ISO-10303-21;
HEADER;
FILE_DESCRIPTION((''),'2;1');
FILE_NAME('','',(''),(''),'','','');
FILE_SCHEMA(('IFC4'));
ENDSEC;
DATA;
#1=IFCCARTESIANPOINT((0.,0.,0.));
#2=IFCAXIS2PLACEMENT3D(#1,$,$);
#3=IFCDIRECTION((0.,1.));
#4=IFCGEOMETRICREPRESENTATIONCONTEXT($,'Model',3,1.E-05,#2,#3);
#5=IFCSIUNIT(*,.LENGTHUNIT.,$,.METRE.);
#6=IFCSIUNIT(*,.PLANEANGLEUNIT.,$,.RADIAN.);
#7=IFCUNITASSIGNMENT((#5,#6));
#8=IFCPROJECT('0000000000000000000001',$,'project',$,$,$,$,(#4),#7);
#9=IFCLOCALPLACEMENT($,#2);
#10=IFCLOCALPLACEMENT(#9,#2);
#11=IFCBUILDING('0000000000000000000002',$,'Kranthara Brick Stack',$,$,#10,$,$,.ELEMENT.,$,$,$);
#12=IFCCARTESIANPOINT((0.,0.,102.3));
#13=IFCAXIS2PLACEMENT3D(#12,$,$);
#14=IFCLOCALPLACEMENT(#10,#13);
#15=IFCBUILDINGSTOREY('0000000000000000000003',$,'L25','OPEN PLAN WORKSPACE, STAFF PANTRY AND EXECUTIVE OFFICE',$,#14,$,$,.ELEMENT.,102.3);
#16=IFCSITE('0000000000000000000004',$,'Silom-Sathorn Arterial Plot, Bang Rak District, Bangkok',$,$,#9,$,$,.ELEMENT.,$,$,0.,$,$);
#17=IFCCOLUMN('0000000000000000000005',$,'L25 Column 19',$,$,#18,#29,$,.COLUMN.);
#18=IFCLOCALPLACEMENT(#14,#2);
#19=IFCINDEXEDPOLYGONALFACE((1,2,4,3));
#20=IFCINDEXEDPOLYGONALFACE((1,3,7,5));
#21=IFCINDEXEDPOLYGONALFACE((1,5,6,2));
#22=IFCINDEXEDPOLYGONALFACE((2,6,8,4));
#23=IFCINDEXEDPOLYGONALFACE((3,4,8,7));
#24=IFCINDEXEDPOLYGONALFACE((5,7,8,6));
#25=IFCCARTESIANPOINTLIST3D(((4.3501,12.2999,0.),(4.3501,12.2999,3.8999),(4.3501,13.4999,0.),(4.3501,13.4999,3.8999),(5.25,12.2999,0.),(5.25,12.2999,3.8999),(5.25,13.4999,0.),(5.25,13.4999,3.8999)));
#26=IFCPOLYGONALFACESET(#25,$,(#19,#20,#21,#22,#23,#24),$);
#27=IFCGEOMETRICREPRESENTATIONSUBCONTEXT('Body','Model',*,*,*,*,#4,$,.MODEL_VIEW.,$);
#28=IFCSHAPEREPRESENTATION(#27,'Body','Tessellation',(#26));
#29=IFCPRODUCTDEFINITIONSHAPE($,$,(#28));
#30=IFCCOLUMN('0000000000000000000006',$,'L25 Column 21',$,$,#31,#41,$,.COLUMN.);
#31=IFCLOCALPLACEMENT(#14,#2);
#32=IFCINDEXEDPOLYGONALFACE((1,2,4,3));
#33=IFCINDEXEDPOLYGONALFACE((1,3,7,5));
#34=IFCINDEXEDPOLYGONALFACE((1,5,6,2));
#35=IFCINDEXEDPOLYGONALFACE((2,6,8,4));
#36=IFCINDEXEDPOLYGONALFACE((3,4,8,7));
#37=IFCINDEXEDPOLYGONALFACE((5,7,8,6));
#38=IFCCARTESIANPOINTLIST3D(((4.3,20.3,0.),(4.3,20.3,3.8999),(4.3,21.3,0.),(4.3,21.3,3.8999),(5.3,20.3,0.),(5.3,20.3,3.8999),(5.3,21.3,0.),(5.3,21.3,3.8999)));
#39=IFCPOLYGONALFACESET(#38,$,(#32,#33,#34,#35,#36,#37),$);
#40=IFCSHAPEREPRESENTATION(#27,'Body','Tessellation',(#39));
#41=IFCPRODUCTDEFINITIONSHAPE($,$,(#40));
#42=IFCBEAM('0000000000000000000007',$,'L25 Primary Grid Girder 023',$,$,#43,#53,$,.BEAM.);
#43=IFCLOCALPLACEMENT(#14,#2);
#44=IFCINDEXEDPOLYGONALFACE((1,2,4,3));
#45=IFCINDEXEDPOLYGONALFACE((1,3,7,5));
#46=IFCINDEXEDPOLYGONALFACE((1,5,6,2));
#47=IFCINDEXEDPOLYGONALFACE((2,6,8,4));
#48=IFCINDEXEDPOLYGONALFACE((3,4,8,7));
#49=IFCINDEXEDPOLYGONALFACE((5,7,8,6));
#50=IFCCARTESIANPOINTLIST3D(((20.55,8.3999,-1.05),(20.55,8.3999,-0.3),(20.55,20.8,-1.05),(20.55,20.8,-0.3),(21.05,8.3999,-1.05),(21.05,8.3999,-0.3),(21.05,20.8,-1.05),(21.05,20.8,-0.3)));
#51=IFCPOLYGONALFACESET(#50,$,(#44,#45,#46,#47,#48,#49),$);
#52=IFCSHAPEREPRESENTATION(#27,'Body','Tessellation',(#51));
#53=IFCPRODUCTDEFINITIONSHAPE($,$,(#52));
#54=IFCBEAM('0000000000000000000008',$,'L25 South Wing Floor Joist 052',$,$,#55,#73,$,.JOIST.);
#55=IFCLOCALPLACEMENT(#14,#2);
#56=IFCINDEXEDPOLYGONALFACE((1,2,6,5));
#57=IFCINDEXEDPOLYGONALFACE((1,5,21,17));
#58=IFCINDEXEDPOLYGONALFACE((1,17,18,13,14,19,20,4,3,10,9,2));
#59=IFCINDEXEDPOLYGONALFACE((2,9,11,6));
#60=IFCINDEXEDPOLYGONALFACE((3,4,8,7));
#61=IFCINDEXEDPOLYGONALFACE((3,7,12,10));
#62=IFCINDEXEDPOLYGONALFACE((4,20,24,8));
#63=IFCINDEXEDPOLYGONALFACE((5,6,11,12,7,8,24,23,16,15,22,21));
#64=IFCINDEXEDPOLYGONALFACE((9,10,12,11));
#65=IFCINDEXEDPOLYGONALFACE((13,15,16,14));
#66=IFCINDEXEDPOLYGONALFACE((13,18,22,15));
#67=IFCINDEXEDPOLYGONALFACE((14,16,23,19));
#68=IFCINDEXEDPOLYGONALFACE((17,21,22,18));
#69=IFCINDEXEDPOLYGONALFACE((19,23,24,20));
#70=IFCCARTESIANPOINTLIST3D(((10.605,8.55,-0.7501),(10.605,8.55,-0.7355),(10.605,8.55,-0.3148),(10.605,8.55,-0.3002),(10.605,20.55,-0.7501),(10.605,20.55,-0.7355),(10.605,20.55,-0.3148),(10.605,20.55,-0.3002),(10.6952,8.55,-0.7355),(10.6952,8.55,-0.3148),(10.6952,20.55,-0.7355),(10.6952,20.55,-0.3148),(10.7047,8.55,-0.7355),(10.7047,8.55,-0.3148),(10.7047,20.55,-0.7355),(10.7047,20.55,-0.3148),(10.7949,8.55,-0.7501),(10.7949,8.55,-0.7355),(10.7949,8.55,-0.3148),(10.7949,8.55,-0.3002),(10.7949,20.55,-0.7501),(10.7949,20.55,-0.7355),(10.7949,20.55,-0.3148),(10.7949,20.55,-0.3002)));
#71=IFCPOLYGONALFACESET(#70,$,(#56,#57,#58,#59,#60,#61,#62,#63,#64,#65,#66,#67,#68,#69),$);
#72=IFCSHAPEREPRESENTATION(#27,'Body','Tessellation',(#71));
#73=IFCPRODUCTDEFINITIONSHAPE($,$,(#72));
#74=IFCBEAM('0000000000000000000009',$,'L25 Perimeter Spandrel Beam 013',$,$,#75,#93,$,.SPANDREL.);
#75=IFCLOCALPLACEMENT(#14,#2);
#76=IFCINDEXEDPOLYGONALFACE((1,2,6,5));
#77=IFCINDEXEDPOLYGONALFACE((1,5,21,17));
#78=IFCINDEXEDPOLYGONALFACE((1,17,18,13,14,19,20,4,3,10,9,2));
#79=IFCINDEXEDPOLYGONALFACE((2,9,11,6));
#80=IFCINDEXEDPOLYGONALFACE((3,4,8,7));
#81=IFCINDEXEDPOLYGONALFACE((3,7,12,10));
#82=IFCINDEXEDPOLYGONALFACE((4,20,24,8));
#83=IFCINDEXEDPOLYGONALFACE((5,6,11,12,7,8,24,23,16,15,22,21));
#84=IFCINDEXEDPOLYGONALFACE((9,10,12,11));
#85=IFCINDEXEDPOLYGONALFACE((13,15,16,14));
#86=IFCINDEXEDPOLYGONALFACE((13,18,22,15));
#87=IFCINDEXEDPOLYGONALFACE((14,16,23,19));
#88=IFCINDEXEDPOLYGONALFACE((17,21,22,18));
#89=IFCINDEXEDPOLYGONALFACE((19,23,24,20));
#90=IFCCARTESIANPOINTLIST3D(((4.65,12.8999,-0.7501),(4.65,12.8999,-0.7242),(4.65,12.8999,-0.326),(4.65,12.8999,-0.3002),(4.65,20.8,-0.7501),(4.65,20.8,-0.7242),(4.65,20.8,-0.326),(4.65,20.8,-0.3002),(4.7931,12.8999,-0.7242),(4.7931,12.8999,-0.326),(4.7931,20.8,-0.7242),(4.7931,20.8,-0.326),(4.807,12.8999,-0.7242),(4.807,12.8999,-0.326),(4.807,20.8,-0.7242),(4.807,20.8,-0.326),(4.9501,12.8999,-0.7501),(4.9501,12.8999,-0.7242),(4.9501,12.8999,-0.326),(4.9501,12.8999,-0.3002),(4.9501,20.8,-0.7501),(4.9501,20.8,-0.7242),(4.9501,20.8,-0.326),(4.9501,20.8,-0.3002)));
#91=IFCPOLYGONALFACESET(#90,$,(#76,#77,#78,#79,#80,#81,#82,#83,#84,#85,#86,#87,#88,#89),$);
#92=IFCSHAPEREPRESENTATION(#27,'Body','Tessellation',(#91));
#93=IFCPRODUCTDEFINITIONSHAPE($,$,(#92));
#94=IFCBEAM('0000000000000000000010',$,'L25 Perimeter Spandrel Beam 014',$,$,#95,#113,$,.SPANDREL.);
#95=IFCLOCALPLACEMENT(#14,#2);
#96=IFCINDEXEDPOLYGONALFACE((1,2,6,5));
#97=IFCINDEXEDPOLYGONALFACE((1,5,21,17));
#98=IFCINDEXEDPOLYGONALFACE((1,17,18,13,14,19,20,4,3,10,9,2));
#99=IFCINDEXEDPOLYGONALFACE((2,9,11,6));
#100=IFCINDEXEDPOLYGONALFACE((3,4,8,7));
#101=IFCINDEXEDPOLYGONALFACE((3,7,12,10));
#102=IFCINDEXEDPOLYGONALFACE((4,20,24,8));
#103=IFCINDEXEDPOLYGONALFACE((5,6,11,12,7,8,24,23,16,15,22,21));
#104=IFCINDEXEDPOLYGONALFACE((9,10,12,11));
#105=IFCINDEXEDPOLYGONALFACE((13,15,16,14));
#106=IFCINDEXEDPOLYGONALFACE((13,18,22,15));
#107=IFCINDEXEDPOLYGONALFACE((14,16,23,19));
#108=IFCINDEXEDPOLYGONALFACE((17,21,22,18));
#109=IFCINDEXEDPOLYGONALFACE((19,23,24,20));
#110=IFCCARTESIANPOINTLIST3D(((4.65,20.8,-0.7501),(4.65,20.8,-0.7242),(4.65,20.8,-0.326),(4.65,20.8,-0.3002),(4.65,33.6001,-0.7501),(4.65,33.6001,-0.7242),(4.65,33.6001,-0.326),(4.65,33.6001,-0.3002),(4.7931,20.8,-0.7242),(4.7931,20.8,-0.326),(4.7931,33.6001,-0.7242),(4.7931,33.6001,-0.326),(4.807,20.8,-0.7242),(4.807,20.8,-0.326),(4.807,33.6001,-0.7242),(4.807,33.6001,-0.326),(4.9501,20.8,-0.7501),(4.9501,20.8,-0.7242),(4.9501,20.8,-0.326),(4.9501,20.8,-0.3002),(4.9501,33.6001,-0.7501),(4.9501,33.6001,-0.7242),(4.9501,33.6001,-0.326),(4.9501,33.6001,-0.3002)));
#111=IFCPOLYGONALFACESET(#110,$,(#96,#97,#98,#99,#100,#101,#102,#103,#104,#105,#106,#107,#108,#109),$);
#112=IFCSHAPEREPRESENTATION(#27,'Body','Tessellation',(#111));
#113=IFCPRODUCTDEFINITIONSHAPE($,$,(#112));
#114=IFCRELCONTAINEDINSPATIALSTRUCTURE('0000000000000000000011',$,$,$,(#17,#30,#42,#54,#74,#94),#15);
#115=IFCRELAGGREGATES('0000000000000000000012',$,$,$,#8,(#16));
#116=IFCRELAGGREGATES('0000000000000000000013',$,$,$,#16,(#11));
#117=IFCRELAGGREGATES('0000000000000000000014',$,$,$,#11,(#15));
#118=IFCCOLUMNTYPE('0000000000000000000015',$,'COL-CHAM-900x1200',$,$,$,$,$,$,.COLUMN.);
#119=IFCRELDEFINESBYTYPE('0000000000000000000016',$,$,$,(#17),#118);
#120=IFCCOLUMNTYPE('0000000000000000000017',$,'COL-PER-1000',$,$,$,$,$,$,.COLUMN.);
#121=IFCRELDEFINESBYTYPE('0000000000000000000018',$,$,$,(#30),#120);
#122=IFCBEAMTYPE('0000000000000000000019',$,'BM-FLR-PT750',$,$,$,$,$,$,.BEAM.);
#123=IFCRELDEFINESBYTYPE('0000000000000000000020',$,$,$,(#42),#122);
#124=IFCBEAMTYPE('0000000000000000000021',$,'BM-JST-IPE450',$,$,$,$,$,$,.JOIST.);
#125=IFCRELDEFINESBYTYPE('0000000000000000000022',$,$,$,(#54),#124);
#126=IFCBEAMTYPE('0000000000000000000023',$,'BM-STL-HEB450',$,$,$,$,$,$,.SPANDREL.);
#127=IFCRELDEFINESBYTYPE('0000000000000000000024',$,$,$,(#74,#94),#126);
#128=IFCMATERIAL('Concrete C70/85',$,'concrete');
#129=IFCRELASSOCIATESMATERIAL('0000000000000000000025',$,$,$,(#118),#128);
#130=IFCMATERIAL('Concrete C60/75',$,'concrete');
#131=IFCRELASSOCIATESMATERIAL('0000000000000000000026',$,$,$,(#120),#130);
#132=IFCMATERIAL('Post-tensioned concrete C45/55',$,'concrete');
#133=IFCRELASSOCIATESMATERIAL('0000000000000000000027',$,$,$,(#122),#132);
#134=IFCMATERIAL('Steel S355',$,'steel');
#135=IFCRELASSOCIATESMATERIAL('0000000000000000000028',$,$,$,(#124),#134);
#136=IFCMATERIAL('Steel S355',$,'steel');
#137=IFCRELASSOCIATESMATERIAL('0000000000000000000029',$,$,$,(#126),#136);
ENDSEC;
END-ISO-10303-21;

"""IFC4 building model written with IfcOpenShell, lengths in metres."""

from ifc_helpers import new_model, si_unit, direction, frame, origin, origin_2d, place, context, subcontext, project, spatial, rectangle, i_section, extrude, material, material_profile, profile_set, type_object, element, save


model = new_model("IFC4")

# Units and contexts
model_context = context("Model", 3, precision=1e-05, world=origin(), true_north=direction((0.0, 1.0)))
body_context = subcontext(model_context, "Body", "Model", "MODEL_VIEW")
ifc_project = project(units=[si_unit("LENGTHUNIT", "METRE"), si_unit("PLANEANGLEUNIT", "RADIAN")], contexts=[model_context])

# Site, building, storey
site_placement = place(None, origin())
site = spatial("IfcSite", under=ifc_project, at=site_placement, Name="Silom-Sathorn Arterial Plot, Bang Rak District, Bangkok", CompositionType="ELEMENT", RefElevation=0.0)
building_placement = place(site_placement, origin())
building = spatial("IfcBuilding", under=site, at=building_placement, Name="Kranthara Brick Stack", CompositionType="ELEMENT")
storey_placement = place(building_placement, frame((0.0, 0.0, 102.3)))
storey = spatial("IfcBuildingStorey", under=building, at=storey_placement, Name="L25", Description="OPEN PLAN WORKSPACE, STAFF PANTRY AND EXECUTIVE OFFICE", CompositionType="ELEMENT", Elevation=102.3)

# Columns
ifc_material_1 = material(Name="Concrete C70/85", Category="concrete")
ifc_material_profile_1 = material_profile(ifc_material_1, rectangle(XDim=0.8999, YDim=1.2, at=origin_2d()), Name="RC 900x1200")
ifc_profile_set_1 = profile_set([ifc_material_profile_1], Name="Concrete C70/85")
column_type_1 = type_object("IfcColumnType", Name="COL-CHAM-900x1200", PredefinedType="COLUMN", material=ifc_profile_set_1)
column_1_placement = place(storey_placement, frame((4.8, 12.8999, 0.0), z_axis=(0.0, 0.0, 1.0), x_axis=(1.0, 0.0, 0.0)))
element("IfcColumn", 1, at=column_1_placement, inside=storey, type_object=column_type_1, Name="L25 Column 19", PredefinedType="COLUMN", context=body_context, shape_type="SweptSolid", body=[
    extrude(rectangle(XDim=0.8999, YDim=1.2, at=origin_2d()), origin(), (0.0, 0.0, 1.0), 3.8999),
])
ifc_material_2 = material(Name="Concrete C60/75", Category="concrete")
ifc_material_profile_2 = material_profile(ifc_material_2, rectangle(XDim=1.0, YDim=1.0, at=origin_2d()), Name="RC 1000x1000")
ifc_profile_set_2 = profile_set([ifc_material_profile_2], Name="Concrete C60/75")
column_type_2 = type_object("IfcColumnType", Name="COL-PER-1000", PredefinedType="COLUMN", material=ifc_profile_set_2)
column_2_placement = place(storey_placement, frame((4.8, 20.8, 0.0), z_axis=(0.0, 0.0, 1.0), x_axis=(1.0, 0.0, 0.0)))
element("IfcColumn", 2, at=column_2_placement, inside=storey, type_object=column_type_2, Name="L25 Column 21", PredefinedType="COLUMN", context=body_context, shape_type="SweptSolid", body=[
    extrude(rectangle(XDim=1.0, YDim=1.0, at=origin_2d()), origin(), (0.0, 0.0, 1.0), 3.8999),
])

# Beams
ifc_material_3 = material(Name="Post-tensioned concrete C45/55", Category="concrete")
ifc_material_profile_3 = material_profile(ifc_material_3, rectangle(XDim=0.5, YDim=0.75, at=origin_2d()), Name="PT 500x750")
ifc_profile_set_3 = profile_set([ifc_material_profile_3], Name="Post-tensioned concrete C45/55")
beam_type_1 = type_object("IfcBeamType", Name="BM-FLR-PT750", PredefinedType="BEAM", material=ifc_profile_set_3)
beam_1_placement = place(storey_placement, frame((20.8, 8.3999, -0.675), z_axis=(0.0, 1.0, 0.0), x_axis=(-1.0, 0.0, 0.0)))
element("IfcBeam", 3, at=beam_1_placement, inside=storey, type_object=beam_type_1, Name="L25 Primary Grid Girder 023", PredefinedType="BEAM", context=body_context, shape_type="SweptSolid", body=[
    extrude(rectangle(XDim=0.5, YDim=0.75, at=origin_2d()), origin(), (0.0, 0.0, 1.0), 12.4001),
])
ifc_material_4 = material(Name="Steel S355", Category="steel")
ifc_material_profile_4 = material_profile(ifc_material_4, i_section(OverallWidth=0.1899, OverallDepth=0.45, WebThickness=0.0095, FlangeThickness=0.0146, at=origin_2d()), Name="IPE 450")
ifc_profile_set_4 = profile_set([ifc_material_profile_4], Name="Steel S355")
beam_type_2 = type_object("IfcBeamType", Name="BM-JST-IPE450", PredefinedType="JOIST", material=ifc_profile_set_4)
beam_2_placement = place(storey_placement, frame((10.7, 8.55, -0.5251), z_axis=(0.0, 1.0, 0.0), x_axis=(-1.0, 0.0, 0.0)))
element("IfcBeam", 4, at=beam_2_placement, inside=storey, type_object=beam_type_2, Name="L25 South Wing Floor Joist 052", PredefinedType="JOIST", context=body_context, shape_type="SweptSolid", body=[
    extrude(i_section(OverallWidth=0.1899, OverallDepth=0.45, WebThickness=0.0095, FlangeThickness=0.0146, at=origin_2d()), origin(), (0.0, 0.0, 1.0), 12.0),
])
ifc_material_5 = material(Name="Steel S355", Category="steel")
ifc_material_profile_5 = material_profile(ifc_material_5, i_section(OverallWidth=0.3, OverallDepth=0.45, WebThickness=0.0139, FlangeThickness=0.0259, at=origin_2d()), Name="HEB 450")
ifc_profile_set_5 = profile_set([ifc_material_profile_5], Name="Steel S355")
beam_type_3 = type_object("IfcBeamType", Name="BM-STL-HEB450", PredefinedType="SPANDREL", material=ifc_profile_set_5)
beam_3_placement = place(storey_placement, frame((4.8, 12.8999, -0.5251), z_axis=(0.0, 1.0, 0.0), x_axis=(-1.0, 0.0, 0.0)))
element("IfcBeam", 5, at=beam_3_placement, inside=storey, type_object=beam_type_3, Name="L25 Perimeter Spandrel Beam 013", PredefinedType="SPANDREL", context=body_context, shape_type="SweptSolid", body=[
    extrude(i_section(OverallWidth=0.3, OverallDepth=0.45, WebThickness=0.0139, FlangeThickness=0.0259, at=origin_2d()), origin(), (0.0, 0.0, 1.0), 7.9001),
])
beam_4_placement = place(storey_placement, frame((4.8, 20.8, -0.5251), z_axis=(0.0, 1.0, 0.0), x_axis=(-1.0, 0.0, 0.0)))
element("IfcBeam", 6, at=beam_4_placement, inside=storey, type_object=beam_type_3, Name="L25 Perimeter Spandrel Beam 014", PredefinedType="SPANDREL", context=body_context, shape_type="SweptSolid", body=[
    extrude(i_section(OverallWidth=0.3, OverallDepth=0.45, WebThickness=0.0139, FlangeThickness=0.0259, at=origin_2d()), origin(), (0.0, 0.0, 1.0), 12.8),
])

save(model, "model.ifc")
